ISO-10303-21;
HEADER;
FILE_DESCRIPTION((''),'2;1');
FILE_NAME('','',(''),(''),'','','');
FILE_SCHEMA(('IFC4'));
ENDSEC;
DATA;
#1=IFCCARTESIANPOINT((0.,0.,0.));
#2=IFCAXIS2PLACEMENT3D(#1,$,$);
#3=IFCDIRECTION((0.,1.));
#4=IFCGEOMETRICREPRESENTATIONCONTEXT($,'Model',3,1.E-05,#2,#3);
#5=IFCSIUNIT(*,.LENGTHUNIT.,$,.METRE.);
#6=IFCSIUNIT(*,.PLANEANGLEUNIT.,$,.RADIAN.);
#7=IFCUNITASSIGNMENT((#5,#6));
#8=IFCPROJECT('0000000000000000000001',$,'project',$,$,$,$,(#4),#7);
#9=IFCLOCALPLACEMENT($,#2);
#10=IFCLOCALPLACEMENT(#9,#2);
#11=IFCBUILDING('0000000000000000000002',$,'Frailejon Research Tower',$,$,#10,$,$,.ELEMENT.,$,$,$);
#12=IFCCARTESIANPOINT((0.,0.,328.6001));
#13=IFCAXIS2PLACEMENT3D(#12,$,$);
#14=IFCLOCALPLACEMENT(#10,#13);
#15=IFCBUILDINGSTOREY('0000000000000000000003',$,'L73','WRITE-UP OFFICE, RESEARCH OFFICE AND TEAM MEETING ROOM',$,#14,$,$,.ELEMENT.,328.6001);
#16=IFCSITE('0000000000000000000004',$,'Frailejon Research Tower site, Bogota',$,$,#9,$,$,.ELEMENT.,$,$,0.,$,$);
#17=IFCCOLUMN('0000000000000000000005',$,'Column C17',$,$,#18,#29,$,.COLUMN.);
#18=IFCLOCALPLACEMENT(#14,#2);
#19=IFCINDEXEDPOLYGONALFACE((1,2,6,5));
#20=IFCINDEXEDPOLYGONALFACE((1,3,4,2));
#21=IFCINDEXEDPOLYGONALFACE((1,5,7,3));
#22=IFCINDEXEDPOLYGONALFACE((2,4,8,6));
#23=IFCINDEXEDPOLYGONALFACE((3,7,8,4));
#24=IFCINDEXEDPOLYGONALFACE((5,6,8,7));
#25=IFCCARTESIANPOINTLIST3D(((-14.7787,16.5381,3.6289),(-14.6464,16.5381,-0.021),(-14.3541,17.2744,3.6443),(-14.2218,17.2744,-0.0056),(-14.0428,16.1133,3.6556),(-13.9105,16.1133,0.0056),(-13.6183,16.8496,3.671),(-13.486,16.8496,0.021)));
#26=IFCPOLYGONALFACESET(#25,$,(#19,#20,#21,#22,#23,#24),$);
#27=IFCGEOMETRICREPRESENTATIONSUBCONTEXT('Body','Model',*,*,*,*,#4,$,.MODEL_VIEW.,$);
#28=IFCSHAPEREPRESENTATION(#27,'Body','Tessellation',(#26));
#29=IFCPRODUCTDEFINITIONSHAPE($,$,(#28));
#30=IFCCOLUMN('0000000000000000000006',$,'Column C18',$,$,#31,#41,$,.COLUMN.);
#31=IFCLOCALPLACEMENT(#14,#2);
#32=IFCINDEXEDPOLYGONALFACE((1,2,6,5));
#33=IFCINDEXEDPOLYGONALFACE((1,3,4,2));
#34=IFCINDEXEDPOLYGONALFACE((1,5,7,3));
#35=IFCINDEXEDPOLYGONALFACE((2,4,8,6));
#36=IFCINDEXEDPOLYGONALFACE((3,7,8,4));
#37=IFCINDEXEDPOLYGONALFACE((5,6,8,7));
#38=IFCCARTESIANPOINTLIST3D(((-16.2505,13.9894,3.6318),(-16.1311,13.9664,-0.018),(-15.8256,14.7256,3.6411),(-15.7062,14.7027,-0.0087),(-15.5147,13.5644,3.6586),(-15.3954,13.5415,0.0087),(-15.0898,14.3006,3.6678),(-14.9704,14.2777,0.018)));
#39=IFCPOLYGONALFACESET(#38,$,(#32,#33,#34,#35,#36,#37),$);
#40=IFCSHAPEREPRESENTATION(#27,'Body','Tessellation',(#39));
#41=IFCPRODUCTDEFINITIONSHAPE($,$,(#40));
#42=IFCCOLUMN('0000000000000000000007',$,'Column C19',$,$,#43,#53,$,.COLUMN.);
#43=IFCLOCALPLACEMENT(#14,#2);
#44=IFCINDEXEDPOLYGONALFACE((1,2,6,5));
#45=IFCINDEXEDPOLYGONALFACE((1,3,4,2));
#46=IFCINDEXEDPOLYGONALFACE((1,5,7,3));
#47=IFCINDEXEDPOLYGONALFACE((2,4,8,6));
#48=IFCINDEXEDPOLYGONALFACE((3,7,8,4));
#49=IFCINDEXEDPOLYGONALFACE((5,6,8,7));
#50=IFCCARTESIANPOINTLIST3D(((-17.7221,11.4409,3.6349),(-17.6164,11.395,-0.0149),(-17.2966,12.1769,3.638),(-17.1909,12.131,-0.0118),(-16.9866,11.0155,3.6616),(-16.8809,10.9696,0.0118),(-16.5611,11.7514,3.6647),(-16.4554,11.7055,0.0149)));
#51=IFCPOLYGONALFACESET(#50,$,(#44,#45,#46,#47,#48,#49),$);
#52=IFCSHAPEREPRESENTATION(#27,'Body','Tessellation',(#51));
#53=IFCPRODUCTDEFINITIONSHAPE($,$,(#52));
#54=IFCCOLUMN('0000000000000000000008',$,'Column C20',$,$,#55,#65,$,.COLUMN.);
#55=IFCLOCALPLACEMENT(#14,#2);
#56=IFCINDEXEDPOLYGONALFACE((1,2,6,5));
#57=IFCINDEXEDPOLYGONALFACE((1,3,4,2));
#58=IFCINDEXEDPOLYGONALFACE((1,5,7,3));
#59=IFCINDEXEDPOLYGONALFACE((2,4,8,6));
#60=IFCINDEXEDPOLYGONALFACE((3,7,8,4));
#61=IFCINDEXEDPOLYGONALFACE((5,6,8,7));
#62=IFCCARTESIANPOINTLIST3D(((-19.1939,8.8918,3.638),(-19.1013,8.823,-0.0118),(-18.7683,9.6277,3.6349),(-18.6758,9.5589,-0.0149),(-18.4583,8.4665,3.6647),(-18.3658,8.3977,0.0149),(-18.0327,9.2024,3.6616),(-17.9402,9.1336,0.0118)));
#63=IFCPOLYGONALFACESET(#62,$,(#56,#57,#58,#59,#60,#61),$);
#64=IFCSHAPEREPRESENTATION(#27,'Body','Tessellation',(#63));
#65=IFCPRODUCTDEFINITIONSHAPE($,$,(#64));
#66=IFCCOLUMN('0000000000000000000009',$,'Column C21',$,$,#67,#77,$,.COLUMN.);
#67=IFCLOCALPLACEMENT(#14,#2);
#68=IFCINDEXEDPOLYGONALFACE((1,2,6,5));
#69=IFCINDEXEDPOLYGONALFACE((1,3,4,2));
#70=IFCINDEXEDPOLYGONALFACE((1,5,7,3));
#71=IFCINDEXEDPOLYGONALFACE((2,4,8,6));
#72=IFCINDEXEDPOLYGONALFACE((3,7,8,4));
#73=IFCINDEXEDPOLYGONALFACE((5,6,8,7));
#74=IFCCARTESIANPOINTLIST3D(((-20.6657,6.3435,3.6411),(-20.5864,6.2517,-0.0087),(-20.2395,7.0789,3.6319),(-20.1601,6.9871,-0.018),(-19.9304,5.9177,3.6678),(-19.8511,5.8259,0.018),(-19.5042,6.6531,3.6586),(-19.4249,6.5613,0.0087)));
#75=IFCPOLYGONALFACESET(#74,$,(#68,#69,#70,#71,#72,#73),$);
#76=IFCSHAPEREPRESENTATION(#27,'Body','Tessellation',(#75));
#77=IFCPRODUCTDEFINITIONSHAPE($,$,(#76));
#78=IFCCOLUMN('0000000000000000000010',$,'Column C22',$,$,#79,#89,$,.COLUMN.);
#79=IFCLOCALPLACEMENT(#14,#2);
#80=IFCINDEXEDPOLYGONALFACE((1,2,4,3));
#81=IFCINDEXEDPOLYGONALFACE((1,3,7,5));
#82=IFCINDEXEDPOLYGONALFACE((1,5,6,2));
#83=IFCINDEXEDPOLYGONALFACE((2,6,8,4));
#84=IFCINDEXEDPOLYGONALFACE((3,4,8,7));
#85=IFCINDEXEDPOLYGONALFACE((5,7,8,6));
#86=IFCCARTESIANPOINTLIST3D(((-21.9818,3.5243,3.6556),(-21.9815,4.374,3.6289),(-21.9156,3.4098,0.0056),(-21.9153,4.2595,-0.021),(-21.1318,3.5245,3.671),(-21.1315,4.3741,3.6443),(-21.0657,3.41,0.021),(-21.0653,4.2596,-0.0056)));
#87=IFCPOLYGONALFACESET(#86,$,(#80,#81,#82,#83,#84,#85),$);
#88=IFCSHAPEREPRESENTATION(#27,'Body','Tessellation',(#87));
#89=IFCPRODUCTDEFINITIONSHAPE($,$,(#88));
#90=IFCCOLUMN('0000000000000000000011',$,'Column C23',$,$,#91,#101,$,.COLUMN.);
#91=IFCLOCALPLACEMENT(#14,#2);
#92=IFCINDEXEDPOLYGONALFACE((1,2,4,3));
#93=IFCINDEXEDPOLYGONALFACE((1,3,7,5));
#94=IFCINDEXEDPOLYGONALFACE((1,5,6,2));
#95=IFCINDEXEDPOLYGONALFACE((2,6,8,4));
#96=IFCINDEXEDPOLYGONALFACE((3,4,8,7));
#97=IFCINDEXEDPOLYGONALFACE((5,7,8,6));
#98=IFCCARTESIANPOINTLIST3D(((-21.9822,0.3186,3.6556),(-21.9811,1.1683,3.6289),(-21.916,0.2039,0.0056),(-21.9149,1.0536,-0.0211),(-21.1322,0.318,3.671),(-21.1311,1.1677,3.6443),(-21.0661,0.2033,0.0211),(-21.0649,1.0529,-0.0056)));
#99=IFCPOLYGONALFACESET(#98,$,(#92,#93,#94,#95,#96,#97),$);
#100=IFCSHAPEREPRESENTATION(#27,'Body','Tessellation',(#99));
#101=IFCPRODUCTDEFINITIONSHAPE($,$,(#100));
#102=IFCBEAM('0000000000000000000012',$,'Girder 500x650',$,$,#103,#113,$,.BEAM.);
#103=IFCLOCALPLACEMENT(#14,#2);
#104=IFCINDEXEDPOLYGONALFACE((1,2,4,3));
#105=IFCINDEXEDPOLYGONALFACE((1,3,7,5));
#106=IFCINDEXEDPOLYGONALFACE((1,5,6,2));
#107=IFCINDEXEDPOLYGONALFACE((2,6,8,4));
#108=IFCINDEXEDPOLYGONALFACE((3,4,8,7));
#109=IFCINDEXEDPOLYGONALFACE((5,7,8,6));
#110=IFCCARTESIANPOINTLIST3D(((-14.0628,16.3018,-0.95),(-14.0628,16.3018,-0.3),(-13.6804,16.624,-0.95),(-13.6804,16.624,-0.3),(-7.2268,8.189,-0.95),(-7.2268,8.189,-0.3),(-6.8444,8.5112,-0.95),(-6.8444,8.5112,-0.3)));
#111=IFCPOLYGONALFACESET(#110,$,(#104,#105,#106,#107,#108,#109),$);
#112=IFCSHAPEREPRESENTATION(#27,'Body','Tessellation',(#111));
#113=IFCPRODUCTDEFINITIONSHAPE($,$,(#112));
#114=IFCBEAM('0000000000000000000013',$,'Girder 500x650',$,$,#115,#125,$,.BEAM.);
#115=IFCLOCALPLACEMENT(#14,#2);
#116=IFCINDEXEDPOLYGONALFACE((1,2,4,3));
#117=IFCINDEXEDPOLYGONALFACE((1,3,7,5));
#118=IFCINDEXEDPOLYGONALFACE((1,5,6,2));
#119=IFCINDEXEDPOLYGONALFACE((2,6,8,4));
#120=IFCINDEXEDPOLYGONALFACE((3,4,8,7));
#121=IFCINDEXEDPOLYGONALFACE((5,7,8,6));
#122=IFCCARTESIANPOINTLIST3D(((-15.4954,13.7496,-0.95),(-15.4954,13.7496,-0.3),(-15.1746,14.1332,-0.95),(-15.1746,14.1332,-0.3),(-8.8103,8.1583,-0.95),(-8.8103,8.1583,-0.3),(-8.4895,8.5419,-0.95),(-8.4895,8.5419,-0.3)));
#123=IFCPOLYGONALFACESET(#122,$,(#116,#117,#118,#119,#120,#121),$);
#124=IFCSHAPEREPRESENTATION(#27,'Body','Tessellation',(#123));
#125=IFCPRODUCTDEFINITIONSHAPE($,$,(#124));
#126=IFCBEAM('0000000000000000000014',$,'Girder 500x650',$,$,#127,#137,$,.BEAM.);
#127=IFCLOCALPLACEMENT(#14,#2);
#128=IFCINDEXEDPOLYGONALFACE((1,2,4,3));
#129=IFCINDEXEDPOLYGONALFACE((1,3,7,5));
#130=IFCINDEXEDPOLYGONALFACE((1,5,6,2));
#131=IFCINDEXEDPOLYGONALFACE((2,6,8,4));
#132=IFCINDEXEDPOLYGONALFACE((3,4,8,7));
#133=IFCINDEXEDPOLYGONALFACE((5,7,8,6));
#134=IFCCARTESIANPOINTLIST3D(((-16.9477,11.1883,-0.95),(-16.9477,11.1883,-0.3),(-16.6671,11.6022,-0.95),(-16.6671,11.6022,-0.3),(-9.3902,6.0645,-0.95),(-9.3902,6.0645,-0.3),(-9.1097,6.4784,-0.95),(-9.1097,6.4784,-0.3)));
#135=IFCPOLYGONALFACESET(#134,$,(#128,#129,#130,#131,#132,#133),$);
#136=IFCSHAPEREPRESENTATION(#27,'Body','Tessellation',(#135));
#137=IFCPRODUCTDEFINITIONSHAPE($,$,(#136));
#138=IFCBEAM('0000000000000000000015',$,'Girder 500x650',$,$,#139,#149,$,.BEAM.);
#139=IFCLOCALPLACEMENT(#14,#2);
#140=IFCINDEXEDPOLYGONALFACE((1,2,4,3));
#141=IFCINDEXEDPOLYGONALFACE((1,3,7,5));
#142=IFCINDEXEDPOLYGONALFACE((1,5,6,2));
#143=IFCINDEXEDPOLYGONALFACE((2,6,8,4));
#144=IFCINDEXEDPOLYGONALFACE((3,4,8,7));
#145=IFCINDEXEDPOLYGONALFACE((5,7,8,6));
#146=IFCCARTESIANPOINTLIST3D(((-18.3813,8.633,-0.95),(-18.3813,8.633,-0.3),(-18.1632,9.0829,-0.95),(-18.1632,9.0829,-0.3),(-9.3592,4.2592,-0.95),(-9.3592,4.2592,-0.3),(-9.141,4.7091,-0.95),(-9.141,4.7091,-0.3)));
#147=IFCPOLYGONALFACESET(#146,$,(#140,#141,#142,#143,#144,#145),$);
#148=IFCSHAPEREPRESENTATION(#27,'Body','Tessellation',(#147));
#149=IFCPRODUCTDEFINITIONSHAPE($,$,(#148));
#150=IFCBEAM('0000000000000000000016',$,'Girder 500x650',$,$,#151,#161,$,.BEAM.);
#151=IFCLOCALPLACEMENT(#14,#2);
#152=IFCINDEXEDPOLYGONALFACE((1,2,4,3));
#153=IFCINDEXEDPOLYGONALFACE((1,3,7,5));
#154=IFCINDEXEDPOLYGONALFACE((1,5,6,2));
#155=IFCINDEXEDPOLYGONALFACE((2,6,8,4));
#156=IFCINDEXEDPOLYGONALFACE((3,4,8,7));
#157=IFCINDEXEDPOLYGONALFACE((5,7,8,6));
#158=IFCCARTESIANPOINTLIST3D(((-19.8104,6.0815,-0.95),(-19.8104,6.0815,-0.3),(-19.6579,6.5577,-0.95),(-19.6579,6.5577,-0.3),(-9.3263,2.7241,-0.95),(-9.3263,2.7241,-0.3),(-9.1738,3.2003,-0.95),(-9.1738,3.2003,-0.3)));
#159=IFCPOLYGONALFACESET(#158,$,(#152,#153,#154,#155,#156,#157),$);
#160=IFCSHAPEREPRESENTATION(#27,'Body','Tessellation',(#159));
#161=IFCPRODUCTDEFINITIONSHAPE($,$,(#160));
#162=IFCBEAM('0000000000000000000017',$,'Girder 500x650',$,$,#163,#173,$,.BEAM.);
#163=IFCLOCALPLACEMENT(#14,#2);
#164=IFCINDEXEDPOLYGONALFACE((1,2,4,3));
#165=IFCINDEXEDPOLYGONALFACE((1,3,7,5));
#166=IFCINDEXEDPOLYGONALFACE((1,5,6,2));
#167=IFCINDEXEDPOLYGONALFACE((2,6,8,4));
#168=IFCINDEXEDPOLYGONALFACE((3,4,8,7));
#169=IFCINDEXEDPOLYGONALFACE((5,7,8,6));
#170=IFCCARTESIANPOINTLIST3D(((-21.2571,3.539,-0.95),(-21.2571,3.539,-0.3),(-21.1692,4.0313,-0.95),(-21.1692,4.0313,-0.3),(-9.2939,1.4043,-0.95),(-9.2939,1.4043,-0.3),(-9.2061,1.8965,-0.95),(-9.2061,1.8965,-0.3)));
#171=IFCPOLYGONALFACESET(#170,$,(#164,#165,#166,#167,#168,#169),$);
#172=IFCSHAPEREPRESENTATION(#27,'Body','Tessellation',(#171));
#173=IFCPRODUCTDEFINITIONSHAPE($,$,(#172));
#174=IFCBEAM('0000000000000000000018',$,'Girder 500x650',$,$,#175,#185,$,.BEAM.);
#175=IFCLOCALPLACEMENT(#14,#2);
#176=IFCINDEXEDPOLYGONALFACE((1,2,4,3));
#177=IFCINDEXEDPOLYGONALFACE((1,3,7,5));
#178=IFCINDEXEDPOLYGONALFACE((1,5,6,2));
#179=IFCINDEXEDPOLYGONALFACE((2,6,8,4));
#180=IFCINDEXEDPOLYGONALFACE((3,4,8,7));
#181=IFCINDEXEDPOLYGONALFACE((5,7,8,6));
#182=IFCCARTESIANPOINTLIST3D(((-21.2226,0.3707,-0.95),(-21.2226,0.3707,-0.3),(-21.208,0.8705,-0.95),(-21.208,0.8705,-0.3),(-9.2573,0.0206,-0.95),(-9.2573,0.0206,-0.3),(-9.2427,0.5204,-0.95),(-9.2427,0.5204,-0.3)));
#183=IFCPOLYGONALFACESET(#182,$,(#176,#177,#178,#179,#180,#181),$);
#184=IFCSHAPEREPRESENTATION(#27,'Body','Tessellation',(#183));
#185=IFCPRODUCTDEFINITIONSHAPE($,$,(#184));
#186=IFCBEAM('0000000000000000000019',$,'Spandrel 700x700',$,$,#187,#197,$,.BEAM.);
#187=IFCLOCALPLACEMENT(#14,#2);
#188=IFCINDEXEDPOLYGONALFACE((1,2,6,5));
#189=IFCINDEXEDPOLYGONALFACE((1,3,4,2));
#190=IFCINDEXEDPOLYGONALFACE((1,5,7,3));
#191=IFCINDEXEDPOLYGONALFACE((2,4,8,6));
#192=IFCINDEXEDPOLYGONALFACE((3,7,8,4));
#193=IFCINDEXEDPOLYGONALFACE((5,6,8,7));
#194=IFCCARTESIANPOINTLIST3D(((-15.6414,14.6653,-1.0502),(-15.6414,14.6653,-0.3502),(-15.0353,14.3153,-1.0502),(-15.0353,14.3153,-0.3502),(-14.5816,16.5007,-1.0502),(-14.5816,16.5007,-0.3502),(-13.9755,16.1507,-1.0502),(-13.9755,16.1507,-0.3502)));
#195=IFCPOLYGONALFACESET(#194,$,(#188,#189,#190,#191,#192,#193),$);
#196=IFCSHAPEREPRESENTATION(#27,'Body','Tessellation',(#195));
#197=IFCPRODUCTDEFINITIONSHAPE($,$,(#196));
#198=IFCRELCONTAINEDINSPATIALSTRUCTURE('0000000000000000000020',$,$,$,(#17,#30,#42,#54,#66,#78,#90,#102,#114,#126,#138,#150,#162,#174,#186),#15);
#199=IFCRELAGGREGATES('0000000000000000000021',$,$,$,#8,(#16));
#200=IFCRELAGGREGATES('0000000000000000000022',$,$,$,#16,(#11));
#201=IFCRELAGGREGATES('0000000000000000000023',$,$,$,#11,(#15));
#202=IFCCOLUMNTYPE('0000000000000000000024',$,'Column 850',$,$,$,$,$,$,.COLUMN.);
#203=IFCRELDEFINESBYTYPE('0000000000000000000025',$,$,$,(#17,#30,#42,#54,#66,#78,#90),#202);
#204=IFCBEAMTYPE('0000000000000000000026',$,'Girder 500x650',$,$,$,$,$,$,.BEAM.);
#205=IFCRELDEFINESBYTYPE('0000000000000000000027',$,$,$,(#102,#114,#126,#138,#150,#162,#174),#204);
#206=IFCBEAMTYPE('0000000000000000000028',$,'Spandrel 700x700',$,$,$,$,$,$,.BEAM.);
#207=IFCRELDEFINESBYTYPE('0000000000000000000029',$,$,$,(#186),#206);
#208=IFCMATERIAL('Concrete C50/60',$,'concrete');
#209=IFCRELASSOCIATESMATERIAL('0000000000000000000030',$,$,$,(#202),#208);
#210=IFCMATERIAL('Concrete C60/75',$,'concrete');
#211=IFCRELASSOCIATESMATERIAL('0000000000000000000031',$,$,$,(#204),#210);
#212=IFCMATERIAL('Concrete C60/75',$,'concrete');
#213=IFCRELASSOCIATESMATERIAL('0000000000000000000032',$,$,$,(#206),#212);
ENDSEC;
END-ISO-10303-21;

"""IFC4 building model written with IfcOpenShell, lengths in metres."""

from ifc_helpers import new_model, si_unit, direction, frame, origin, origin_2d, place, context, subcontext, project, spatial, rectangle, extrude, material, material_profile, profile_set, type_object, element, save


model = new_model("IFC4")

# Units and contexts
model_context = context("Model", 3, precision=1e-05, world=origin(), true_north=direction((0.0, 1.0)))
body_context = subcontext(model_context, "Body", "Model", "MODEL_VIEW")
ifc_project = project(units=[si_unit("LENGTHUNIT", "METRE"), si_unit("PLANEANGLEUNIT", "RADIAN")], contexts=[model_context])

# Site, building, storey
site_placement = place(None, origin())
site = spatial("IfcSite", under=ifc_project, at=site_placement, Name="Frailejon Research Tower site, Bogota", CompositionType="ELEMENT", RefElevation=0.0)
building_placement = place(site_placement, origin())
building = spatial("IfcBuilding", under=site, at=building_placement, Name="Frailejon Research Tower", CompositionType="ELEMENT")
storey_placement = place(building_placement, frame((0.0, 0.0, 328.6001)))
storey = spatial("IfcBuildingStorey", under=building, at=storey_placement, Name="L73", Description="WRITE-UP OFFICE, RESEARCH OFFICE AND TEAM MEETING ROOM", CompositionType="ELEMENT", Elevation=328.6001)

# Columns
ifc_material_1 = material(Name="Concrete C50/60", Category="concrete")
ifc_material_profile_1 = material_profile(ifc_material_1, rectangle(XDim=0.8501, YDim=0.8501, at=origin_2d()), Name="Column 850")
ifc_profile_set_1 = profile_set([ifc_material_profile_1], Name="Concrete C50/60")
column_type = type_object("IfcColumnType", Name="Column 850", PredefinedType="COLUMN", material=ifc_profile_set_1)
column_1_placement = place(storey_placement, frame((-14.0662, 16.6938, 0.0), z_axis=(-0.03623, 0.0, 0.999343), x_axis=(-0.499425, -0.866168, -0.018106)))
element("IfcColumn", 1, at=column_1_placement, inside=storey, type_object=column_type, Name="Column C17", PredefinedType="COLUMN", context=body_context, shape_type="SweptSolid", body=[
    extrude(rectangle(XDim=0.8501, YDim=0.8501, at=origin_2d()), origin(), (0.0, 0.0, 1.0), 3.6523),
])
column_2_placement = place(storey_placement, frame((-15.5508, 14.1221, 0.0), z_axis=(-0.032691, 0.006284, 0.999446), x_axis=(-0.499829, -0.866055, -0.010903)))
element("IfcColumn", 2, at=column_2_placement, inside=storey, type_object=column_type, Name="Column C18", PredefinedType="COLUMN", context=body_context, shape_type="SweptSolid", body=[
    extrude(rectangle(XDim=0.8501, YDim=0.8501, at=origin_2d()), origin(), (0.0, 0.0, 1.0), 3.6519),
])
for number, where, z_axis, x_axis, name in (
    (3, (-17.0359, 11.5503, 0.0), (-0.028949, 0.012569, 0.999502), (-0.500578, -0.865684, -0.003612), "Column C19"),
    (4, (-18.5208, 8.9783, 0.0), (-0.025339, 0.018853, 0.999501), (-0.500628, -0.865655, 0.003637), "Column C20"),
):
    element("IfcColumn", number, at=place(storey_placement, frame(where, z_axis=z_axis, x_axis=x_axis)), inside=storey, type_object=column_type, Name=name, PredefinedType="COLUMN", context=body_context, shape_type="SweptSolid", body=[
        extrude(rectangle(XDim=0.8501, YDim=0.8501, at=origin_2d()), origin(), (0.0, 0.0, 1.0), 3.6516),
    ])
column_3_placement = place(storey_placement, frame((-20.0056, 6.4065, 0.0), z_axis=(-0.021727, 0.025137, 0.999448), x_axis=(-0.501407, -0.865143, 0.010859)))
element("IfcColumn", 5, at=column_3_placement, inside=storey, type_object=column_type, Name="Column C21", PredefinedType="COLUMN", context=body_context, shape_type="SweptSolid", body=[
    extrude(rectangle(XDim=0.8501, YDim=0.8501, at=origin_2d()), origin(), (0.0, 0.0, 1.0), 3.6519),
])
for number, where, z_axis, x_axis, name in (
    (6, (-21.4905, 3.8347, 0.0), (-0.018115, 0.031351, 0.999344), (-0.000375, -0.999508, 0.031349), "Column C22"),
    (7, (-21.4905, 0.6284, 0.0), (-0.018115, 0.031417, 0.999342), (-0.001297, -0.999506, 0.031399), "Column C23"),
):
    element("IfcColumn", number, at=place(storey_placement, frame(where, z_axis=z_axis, x_axis=x_axis)), inside=storey, type_object=column_type, Name=name, PredefinedType="COLUMN", context=body_context, shape_type="SweptSolid", body=[
        extrude(rectangle(XDim=0.8501, YDim=0.8501, at=origin_2d()), origin(), (0.0, 0.0, 1.0), 3.6523),
    ])

# Beams
ifc_material_2 = material(Name="Concrete C60/75", Category="concrete")
ifc_material_profile_2 = material_profile(ifc_material_2, rectangle(XDim=0.5, YDim=0.6499, at=origin_2d()), Name="Girder 500x650")
ifc_profile_set_2 = profile_set([ifc_material_profile_2], Name="Concrete C60/75")
beam_type_1 = type_object("IfcBeamType", Name="Girder 500x650", PredefinedType="BEAM", material=ifc_profile_set_2)
beam_1_placement = place(storey_placement, frame((-13.8716, 16.4629, -0.625), z_axis=(0.644362, -0.76472, 0.0), x_axis=(0.76472, 0.644362, 0.0)))
element("IfcBeam", 8, at=beam_1_placement, inside=storey, type_object=beam_type_1, Name="Girder 500x650", PredefinedType="BEAM", context=body_context, shape_type="SweptSolid", body=[
    extrude(rectangle(XDim=0.5, YDim=0.6499, at=origin_2d()), origin(), (0.0, 0.0, 1.0), 10.6089),
])
beam_2_placement = place(storey_placement, frame((-15.335, 13.9414, -0.625), z_axis=(0.767067, -0.641567, 0.0), x_axis=(0.641567, 0.767067, 0.0)))
element("IfcBeam", 9, at=beam_2_placement, inside=storey, type_object=beam_type_1, Name="Girder 500x650", PredefinedType="BEAM", context=body_context, shape_type="SweptSolid", body=[
    extrude(rectangle(XDim=0.5, YDim=0.6499, at=origin_2d()), origin(), (0.0, 0.0, 1.0), 8.7151),
])
beam_3_placement = place(storey_placement, frame((-16.8074, 11.3953, -0.625), z_axis=(0.827702, -0.561169, 0.0), x_axis=(0.561169, 0.827702, 0.0)))
element("IfcBeam", 10, at=beam_3_placement, inside=storey, type_object=beam_type_1, Name="Girder 500x650", PredefinedType="BEAM", context=body_context, shape_type="SweptSolid", body=[
    extrude(rectangle(XDim=0.5, YDim=0.6499, at=origin_2d()), origin(), (0.0, 0.0, 1.0), 9.1306),
])
beam_4_placement = place(storey_placement, frame((-18.2722, 8.8579, -0.625), z_axis=(0.899839, -0.436223, 0.0), x_axis=(0.436223, 0.899839, 0.0)))
element("IfcBeam", 11, at=beam_4_placement, inside=storey, type_object=beam_type_1, Name="Girder 500x650", PredefinedType="BEAM", context=body_context, shape_type="SweptSolid", body=[
    extrude(rectangle(XDim=0.5, YDim=0.6499, at=origin_2d()), origin(), (0.0, 0.0, 1.0), 10.0264),
])
beam_5_placement = place(storey_placement, frame((-19.7341, 6.3196, -0.625), z_axis=(0.952358, -0.304982, 0.0), x_axis=(0.304982, 0.952358, 0.0)))
element("IfcBeam", 12, at=beam_5_placement, inside=storey, type_object=beam_type_1, Name="Girder 500x650", PredefinedType="BEAM", context=body_context, shape_type="SweptSolid", body=[
    extrude(rectangle(XDim=0.5, YDim=0.6499, at=origin_2d()), origin(), (0.0, 0.0, 1.0), 11.0085),
])
beam_6_placement = place(storey_placement, frame((-21.2131, 3.7852, -0.625), z_axis=(0.984449, -0.17567, 0.0), x_axis=(0.17567, 0.984449, 0.0)))
element("IfcBeam", 13, at=beam_6_placement, inside=storey, type_object=beam_type_1, Name="Girder 500x650", PredefinedType="BEAM", context=body_context, shape_type="SweptSolid", body=[
    extrude(rectangle(XDim=0.5, YDim=0.6499, at=origin_2d()), origin(), (0.0, 0.0, 1.0), 12.1521),
])
beam_7_placement = place(storey_placement, frame((-21.2153, 0.6206, -0.625), z_axis=(0.999572, -0.029247, 0.0), x_axis=(0.029247, 0.999572, 0.0)))
element("IfcBeam", 14, at=beam_7_placement, inside=storey, type_object=beam_type_1, Name="Girder 500x650", PredefinedType="BEAM", context=body_context, shape_type="SweptSolid", body=[
    extrude(rectangle(XDim=0.5, YDim=0.6499, at=origin_2d()), origin(), (0.0, 0.0, 1.0), 11.9705),
])
ifc_material_3 = material(Name="Concrete C60/75", Category="concrete")
ifc_material_profile_3 = material_profile(ifc_material_3, rectangle(XDim=0.7, YDim=0.7, at=origin_2d()), Name="Spandrel 700x700")
ifc_profile_set_3 = profile_set([ifc_material_profile_3], Name="Concrete C60/75")
beam_type_2 = type_object("IfcBeamType", Name="Spandrel 700x700", PredefinedType="BEAM", material=ifc_profile_set_3)
beam_8_placement = place(storey_placement, frame((-14.2786, 16.3257, -0.7002), z_axis=(-0.500042, -0.866001, 0.0), x_axis=(0.866001, -0.500042, 0.0)))
element("IfcBeam", 15, at=beam_8_placement, inside=storey, type_object=beam_type_2, Name="Spandrel 700x700", PredefinedType="BEAM", context=body_context, shape_type="SweptSolid", body=[
    extrude(rectangle(XDim=0.7, YDim=0.7, at=origin_2d()), origin(), (0.0, 0.0, 1.0), 2.1194),
])

save(model, "model.ifc")
